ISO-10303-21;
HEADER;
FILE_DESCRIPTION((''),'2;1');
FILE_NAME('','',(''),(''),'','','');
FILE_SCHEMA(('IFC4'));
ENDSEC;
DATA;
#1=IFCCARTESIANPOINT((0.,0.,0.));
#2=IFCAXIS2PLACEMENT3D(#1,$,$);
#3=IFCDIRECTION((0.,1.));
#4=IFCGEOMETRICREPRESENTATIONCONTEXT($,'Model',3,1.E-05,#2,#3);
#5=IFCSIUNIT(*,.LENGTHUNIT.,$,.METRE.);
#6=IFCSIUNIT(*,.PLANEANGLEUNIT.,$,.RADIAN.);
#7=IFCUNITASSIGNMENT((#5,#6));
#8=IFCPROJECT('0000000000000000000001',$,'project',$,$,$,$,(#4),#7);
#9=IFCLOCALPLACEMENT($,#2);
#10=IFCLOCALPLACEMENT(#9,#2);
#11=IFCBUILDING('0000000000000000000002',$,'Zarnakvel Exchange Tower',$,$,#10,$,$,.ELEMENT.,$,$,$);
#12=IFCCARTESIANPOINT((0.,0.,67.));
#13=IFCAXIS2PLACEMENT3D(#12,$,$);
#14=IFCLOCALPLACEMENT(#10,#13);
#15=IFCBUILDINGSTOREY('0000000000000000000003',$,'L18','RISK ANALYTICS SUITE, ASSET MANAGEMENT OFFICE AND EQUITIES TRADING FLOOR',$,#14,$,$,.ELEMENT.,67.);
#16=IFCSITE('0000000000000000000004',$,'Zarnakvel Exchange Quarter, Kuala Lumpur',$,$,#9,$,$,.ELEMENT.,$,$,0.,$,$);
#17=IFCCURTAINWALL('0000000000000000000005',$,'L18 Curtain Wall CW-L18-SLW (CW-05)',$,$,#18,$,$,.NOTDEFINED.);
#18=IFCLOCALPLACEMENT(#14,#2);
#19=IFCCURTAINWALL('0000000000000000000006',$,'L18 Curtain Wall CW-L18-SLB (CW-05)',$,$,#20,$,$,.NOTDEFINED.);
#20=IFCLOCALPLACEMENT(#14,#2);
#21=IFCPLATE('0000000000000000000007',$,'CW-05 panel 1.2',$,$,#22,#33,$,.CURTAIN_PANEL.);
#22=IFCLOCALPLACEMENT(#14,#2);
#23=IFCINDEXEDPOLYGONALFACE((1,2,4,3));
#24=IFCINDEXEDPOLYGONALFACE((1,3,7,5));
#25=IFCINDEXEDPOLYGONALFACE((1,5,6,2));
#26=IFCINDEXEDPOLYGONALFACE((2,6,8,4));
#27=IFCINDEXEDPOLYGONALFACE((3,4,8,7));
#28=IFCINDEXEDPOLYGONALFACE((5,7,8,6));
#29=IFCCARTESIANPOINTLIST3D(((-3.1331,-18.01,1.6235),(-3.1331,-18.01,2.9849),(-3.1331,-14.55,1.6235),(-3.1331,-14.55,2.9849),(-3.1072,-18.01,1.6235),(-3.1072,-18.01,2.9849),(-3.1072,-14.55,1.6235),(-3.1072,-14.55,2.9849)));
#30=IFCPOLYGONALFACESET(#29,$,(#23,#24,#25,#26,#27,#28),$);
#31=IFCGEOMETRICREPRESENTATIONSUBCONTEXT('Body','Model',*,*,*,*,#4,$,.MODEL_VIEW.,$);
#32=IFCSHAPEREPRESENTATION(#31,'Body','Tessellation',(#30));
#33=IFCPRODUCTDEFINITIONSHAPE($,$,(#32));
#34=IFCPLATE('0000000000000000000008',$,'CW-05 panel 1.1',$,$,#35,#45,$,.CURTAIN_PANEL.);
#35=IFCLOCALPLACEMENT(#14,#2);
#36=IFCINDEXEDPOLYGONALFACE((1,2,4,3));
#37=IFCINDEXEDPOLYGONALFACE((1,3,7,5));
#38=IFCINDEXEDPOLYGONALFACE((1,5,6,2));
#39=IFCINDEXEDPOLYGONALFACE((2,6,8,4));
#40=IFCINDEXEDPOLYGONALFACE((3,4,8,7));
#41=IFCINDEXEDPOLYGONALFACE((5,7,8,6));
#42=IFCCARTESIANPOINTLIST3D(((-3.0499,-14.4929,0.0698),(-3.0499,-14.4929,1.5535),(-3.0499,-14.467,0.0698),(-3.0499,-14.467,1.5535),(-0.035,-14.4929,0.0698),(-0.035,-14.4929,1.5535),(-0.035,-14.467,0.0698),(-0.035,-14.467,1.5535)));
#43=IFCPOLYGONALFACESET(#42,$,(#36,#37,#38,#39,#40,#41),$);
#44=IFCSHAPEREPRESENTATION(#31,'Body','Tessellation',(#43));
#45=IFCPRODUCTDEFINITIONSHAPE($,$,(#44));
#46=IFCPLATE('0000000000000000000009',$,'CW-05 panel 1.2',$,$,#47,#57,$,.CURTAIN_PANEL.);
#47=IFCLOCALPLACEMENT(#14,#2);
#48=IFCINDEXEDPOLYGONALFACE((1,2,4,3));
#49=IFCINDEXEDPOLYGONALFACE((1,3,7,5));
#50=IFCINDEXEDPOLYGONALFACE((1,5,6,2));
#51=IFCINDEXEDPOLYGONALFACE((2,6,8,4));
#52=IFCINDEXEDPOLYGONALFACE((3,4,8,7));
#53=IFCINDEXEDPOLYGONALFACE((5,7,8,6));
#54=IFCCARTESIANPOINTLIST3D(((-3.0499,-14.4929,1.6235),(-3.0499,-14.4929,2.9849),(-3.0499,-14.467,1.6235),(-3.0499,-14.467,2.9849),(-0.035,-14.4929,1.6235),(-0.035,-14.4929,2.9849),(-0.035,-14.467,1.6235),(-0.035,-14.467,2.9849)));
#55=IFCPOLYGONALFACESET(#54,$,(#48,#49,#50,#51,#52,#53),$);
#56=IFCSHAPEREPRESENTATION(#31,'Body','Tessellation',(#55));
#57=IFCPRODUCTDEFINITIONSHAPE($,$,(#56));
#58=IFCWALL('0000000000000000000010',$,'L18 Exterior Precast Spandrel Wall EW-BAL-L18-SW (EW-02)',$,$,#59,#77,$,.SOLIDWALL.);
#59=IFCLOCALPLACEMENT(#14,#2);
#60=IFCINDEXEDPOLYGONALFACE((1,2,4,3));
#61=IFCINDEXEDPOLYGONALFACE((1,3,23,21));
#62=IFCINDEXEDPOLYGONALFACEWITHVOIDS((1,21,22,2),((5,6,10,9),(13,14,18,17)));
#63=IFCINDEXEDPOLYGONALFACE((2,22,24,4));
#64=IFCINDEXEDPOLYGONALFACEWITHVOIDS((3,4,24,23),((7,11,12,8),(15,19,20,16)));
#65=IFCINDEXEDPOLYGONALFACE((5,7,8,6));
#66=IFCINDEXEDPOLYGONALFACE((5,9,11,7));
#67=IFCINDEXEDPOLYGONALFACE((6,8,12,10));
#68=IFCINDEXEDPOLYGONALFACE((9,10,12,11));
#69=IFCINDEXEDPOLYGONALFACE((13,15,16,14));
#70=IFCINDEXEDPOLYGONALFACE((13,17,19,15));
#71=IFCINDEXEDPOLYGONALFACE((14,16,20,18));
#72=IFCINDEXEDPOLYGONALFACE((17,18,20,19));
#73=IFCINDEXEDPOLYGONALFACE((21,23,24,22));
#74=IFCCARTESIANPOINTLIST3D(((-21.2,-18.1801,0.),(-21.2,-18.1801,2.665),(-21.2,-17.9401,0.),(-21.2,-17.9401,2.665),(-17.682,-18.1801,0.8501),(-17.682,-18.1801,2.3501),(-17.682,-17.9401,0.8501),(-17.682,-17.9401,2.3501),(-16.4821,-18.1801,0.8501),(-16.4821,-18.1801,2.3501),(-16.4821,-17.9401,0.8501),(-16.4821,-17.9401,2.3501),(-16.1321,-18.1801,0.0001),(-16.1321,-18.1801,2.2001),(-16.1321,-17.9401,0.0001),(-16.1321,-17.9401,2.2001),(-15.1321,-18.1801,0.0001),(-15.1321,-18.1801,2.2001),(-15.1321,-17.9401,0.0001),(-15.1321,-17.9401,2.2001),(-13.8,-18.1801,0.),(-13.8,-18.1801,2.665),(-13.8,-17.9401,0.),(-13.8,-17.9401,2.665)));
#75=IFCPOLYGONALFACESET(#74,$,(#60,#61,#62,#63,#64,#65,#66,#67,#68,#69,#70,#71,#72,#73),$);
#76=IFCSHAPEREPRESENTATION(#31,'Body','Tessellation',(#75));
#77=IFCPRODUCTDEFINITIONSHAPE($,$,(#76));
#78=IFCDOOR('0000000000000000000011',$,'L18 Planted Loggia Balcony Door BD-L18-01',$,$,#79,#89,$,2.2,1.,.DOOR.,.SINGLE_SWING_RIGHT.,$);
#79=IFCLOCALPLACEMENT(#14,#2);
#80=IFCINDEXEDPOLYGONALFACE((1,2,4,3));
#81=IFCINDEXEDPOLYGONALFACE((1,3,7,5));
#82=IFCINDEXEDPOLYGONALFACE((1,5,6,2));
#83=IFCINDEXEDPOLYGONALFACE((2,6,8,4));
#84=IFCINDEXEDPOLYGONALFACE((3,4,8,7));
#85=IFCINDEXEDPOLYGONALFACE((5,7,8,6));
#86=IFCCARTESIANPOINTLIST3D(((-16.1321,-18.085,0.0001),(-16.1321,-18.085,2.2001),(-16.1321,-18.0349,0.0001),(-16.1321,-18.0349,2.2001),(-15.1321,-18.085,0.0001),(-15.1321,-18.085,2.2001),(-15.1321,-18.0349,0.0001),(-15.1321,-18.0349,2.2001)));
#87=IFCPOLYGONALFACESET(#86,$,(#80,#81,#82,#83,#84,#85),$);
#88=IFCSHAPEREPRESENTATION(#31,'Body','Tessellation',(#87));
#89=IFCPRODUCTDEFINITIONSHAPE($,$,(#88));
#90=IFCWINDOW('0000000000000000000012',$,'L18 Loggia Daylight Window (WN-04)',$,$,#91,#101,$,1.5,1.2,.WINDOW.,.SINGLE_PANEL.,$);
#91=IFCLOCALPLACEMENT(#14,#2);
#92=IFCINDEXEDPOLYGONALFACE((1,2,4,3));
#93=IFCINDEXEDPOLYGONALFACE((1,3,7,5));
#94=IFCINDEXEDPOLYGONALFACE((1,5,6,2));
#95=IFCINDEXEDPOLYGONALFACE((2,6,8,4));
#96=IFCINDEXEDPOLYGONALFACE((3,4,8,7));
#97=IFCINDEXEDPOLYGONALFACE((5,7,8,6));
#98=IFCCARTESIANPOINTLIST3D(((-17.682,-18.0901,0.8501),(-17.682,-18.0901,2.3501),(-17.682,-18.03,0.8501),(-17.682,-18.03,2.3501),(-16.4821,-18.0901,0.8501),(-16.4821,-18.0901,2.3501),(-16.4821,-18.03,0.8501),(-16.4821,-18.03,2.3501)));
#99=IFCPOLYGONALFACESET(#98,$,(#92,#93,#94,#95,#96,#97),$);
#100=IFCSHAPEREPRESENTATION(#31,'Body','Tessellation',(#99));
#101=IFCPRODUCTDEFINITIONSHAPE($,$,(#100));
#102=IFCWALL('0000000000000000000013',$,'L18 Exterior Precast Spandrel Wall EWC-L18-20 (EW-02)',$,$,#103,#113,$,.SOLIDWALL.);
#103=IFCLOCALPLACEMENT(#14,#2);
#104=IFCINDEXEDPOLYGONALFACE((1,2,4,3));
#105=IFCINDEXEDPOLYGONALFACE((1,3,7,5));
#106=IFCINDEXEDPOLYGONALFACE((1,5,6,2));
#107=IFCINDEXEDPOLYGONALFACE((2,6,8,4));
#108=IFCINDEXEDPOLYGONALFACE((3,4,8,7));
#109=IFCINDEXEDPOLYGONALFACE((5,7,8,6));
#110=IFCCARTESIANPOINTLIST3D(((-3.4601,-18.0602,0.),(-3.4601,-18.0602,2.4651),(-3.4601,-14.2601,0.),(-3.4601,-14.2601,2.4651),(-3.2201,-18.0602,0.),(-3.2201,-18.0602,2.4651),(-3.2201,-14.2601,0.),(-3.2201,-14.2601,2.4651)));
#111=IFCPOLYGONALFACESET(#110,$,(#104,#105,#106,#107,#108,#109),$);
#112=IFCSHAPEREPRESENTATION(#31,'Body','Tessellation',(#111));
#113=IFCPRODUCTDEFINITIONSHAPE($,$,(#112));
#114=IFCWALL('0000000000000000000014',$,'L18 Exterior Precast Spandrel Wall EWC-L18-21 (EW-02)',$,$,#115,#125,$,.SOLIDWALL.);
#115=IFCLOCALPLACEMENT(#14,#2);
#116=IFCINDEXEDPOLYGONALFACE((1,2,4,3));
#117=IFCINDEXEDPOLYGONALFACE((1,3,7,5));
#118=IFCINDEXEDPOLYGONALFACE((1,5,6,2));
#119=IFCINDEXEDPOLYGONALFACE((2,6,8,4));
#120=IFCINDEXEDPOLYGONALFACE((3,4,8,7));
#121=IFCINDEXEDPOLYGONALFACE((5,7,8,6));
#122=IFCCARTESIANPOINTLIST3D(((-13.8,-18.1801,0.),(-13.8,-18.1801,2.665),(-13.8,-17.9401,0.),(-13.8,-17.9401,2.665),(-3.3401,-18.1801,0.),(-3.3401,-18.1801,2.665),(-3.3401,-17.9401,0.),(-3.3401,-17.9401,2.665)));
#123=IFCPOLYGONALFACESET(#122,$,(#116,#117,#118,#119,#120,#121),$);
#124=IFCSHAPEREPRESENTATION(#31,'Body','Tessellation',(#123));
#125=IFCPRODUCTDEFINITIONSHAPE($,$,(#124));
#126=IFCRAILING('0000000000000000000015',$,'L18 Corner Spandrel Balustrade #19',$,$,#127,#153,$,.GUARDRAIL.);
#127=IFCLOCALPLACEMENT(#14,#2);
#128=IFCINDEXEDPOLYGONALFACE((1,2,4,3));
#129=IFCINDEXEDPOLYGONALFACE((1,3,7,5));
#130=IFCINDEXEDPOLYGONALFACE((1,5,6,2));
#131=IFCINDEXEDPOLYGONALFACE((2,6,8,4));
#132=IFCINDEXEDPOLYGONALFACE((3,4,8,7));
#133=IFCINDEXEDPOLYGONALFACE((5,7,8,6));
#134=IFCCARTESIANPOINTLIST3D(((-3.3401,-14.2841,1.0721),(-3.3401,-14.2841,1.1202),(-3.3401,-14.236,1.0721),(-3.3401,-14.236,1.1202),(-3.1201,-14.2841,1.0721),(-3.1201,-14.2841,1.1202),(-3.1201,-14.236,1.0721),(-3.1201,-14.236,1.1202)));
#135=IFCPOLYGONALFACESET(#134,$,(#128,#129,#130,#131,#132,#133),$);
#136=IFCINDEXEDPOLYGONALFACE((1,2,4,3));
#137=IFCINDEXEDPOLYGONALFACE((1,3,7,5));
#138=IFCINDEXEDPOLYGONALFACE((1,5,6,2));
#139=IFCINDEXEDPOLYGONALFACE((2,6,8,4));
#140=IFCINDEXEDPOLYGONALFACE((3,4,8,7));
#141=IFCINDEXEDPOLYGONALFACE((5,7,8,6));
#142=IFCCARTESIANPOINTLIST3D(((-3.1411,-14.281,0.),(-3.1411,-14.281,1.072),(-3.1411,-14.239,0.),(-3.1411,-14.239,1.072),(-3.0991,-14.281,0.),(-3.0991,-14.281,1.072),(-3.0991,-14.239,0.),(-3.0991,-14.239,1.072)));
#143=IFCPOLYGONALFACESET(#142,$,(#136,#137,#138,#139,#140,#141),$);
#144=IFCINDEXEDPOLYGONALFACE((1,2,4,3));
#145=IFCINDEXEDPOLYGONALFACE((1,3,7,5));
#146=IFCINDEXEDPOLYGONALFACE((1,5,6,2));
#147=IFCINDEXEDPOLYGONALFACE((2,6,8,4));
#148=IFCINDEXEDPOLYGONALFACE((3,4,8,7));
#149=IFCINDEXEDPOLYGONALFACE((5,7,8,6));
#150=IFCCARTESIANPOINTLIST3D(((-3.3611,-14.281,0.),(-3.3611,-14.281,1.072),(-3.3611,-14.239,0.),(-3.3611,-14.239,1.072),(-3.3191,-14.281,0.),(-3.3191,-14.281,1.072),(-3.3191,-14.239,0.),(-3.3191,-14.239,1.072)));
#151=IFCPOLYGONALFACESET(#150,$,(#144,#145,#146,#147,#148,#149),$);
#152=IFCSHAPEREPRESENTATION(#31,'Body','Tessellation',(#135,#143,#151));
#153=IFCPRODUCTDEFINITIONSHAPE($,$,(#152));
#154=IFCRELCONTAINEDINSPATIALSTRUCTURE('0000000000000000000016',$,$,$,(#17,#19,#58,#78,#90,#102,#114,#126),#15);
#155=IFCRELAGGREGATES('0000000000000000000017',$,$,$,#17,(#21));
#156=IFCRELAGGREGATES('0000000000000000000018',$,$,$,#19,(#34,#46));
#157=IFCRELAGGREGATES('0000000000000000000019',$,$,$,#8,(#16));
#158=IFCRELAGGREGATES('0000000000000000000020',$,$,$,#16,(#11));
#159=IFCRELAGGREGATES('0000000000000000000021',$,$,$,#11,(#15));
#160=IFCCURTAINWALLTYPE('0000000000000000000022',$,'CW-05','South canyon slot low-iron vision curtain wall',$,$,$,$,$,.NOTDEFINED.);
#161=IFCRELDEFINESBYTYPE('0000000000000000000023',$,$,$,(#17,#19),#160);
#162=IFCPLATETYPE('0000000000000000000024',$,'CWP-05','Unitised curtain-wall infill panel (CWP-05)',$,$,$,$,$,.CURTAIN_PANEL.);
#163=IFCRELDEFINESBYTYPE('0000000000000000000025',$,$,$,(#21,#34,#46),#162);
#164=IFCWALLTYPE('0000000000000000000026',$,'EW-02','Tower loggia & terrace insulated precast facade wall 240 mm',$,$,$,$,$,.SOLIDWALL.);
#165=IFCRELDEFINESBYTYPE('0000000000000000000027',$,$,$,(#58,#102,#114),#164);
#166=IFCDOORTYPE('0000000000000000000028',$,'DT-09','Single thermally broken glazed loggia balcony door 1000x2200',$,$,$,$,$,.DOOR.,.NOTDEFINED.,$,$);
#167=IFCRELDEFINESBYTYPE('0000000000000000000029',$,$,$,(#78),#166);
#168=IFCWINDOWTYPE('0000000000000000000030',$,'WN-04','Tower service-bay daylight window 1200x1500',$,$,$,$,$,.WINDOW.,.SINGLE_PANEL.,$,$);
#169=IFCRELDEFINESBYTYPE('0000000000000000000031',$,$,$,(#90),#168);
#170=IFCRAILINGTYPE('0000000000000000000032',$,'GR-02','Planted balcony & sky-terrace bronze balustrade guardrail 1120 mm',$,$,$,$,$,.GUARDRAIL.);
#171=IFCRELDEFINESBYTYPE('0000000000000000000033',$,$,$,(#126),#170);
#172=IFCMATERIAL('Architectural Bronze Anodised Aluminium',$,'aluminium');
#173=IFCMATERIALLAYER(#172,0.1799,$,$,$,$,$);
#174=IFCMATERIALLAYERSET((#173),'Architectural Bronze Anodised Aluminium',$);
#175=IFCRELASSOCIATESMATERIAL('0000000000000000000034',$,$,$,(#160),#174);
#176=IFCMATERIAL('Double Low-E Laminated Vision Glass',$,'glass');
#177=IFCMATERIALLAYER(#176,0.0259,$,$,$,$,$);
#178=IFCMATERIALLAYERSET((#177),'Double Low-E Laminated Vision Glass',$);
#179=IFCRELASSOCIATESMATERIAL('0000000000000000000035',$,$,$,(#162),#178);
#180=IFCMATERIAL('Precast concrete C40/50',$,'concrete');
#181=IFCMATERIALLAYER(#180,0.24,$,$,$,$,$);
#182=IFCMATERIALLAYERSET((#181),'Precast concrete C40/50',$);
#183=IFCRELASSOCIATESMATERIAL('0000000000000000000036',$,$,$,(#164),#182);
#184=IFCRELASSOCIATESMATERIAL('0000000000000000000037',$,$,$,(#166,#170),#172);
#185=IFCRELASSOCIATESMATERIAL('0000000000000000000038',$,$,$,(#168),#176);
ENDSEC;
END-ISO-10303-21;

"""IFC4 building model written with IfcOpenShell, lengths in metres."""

from ifc_helpers import new_model, si_unit, direction, frame, frame_2d, origin, origin_2d, place, context, subcontext, project, spatial, rectangle, extrude, source, transform, mapped, material, layer, layer_set, type_object, element, fill, aggregate, save


model = new_model("IFC4")

# Units and contexts
model_context = context("Model", 3, precision=1e-05, world=origin(), true_north=direction((0.0, 1.0)))
body_context = subcontext(model_context, "Body", "Model", "MODEL_VIEW")
ifc_project = project(units=[si_unit("LENGTHUNIT", "METRE"), si_unit("PLANEANGLEUNIT", "RADIAN")], contexts=[model_context])

# Site, building, storey
site_placement = place(None, origin())
site = spatial("IfcSite", under=ifc_project, at=site_placement, Name="Zarnakvel Exchange Quarter, Kuala Lumpur", CompositionType="ELEMENT", RefElevation=0.0)
building_placement = place(site_placement, origin())
building = spatial("IfcBuilding", under=site, at=building_placement, Name="Zarnakvel Exchange Tower", CompositionType="ELEMENT")
storey_placement = place(building_placement, frame((0.0, 0.0, 67.0)))
storey = spatial("IfcBuildingStorey", under=building, at=storey_placement, Name="L18", Description="RISK ANALYTICS SUITE, ASSET MANAGEMENT OFFICE AND EQUITIES TRADING FLOOR", CompositionType="ELEMENT", Elevation=67.0)

# Curtain walls
ifc_material_1 = material(Name="Architectural Bronze Anodised Aluminium", Category="aluminium")
ifc_layer_1 = layer(ifc_material_1, 0.1799)
ifc_layer_set_1 = layer_set([ifc_layer_1], Name="Architectural Bronze Anodised Aluminium")
curtain_wall_type = type_object("IfcCurtainWallType", Name="CW-05", Description="South canyon slot low-iron vision curtain wall", PredefinedType="NOTDEFINED", material=ifc_layer_set_1)
curtain_wall_1_placement = place(storey_placement, origin())
curtain_wall_1 = element("IfcCurtainWall", 1, at=curtain_wall_1_placement, inside=storey, type_object=curtain_wall_type, Name="L18 Curtain Wall CW-L18-SLW (CW-05)", PredefinedType="NOTDEFINED")
curtain_wall_2_placement = place(storey_placement, origin())
curtain_wall_2 = element("IfcCurtainWall", 2, at=curtain_wall_2_placement, inside=storey, type_object=curtain_wall_type, Name="L18 Curtain Wall CW-L18-SLB (CW-05)", PredefinedType="NOTDEFINED")

# Plates
ifc_material_2 = material(Name="Double Low-E Laminated Vision Glass", Category="glass")
ifc_layer_2 = layer(ifc_material_2, 0.0259)
ifc_layer_set_2 = layer_set([ifc_layer_2], Name="Double Low-E Laminated Vision Glass")
plate_type = type_object("IfcPlateType", Name="CWP-05", Description="Unitised curtain-wall infill panel (CWP-05)", PredefinedType="CURTAIN_PANEL", material=ifc_layer_set_2)
shared_shape_1 = source(origin(), body_context, "Body", "SweptSolid", [
    extrude(rectangle(XDim=3.46, YDim=0.0259, at=origin_2d()), origin(), (0.0, 0.0, 1.0), 1.3613),
])
plate_1_placement = place(storey_placement, frame((-3.1201, -16.28, 1.6235), z_axis=(0.0, 0.0, 1.0), x_axis=(0.0, 1.0, 0.0)))
plate_1 = element("IfcPlate", 3, at=plate_1_placement, type_object=plate_type, Name="CW-05 panel 1.2", PredefinedType="CURTAIN_PANEL", context=body_context, shape_type="MappedRepresentation", body=[
    mapped(shared_shape_1, transform((0.0, 0.0, 0.0), x_axis=(1.0, 0.0, 0.0), y_axis=(0.0, 1.0, 0.0), z_axis=(0.0, 0.0, 1.0), scale=1.0)),
])
aggregate(curtain_wall_1, [plate_1])
shared_shape_2 = source(origin(), body_context, "Body", "SweptSolid", [
    extrude(rectangle(XDim=3.0149, YDim=0.0259, at=origin_2d()), origin(), (0.0, 0.0, 1.0), 1.4836),
])
plate_2_placement = place(storey_placement, frame((-1.5425, -14.48, 0.0698), z_axis=(0.0, 0.0, 1.0), x_axis=(1.0, 0.0, 0.0)))
plate_2 = element("IfcPlate", 4, at=plate_2_placement, type_object=plate_type, Name="CW-05 panel 1.1", PredefinedType="CURTAIN_PANEL", context=body_context, shape_type="MappedRepresentation", body=[
    mapped(shared_shape_2, transform((0.0, 0.0, 0.0), x_axis=(1.0, 0.0, 0.0), y_axis=(0.0, 1.0, 0.0), z_axis=(0.0, 0.0, 1.0), scale=1.0)),
])
shared_shape_3 = source(origin(), body_context, "Body", "SweptSolid", [
    extrude(rectangle(XDim=3.0149, YDim=0.0259, at=origin_2d()), origin(), (0.0, 0.0, 1.0), 1.3613),
])
plate_3_placement = place(storey_placement, frame((-1.5425, -14.48, 1.6235), z_axis=(0.0, 0.0, 1.0), x_axis=(1.0, 0.0, 0.0)))
plate_3 = element("IfcPlate", 5, at=plate_3_placement, type_object=plate_type, Name="CW-05 panel 1.2", PredefinedType="CURTAIN_PANEL", context=body_context, shape_type="MappedRepresentation", body=[
    mapped(shared_shape_3, transform((0.0, 0.0, 0.0), x_axis=(1.0, 0.0, 0.0), y_axis=(0.0, 1.0, 0.0), z_axis=(0.0, 0.0, 1.0), scale=1.0)),
])
aggregate(curtain_wall_2, [plate_2, plate_3])

# Wall, openings, door, window
ifc_material_3 = material(Name="Precast concrete C40/50", Category="concrete")
ifc_layer_3 = layer(ifc_material_3, 0.24)
ifc_layer_set_3 = layer_set([ifc_layer_3], Name="Precast concrete C40/50")
wall_type = type_object("IfcWallType", Name="EW-02", Description="Tower loggia & terrace insulated precast facade wall 240 mm", PredefinedType="SOLIDWALL", material=ifc_layer_set_3)
wall_1_placement = place(storey_placement, frame((-13.8, -18.0601, 0.0), z_axis=(0.0, 0.0, 1.0), x_axis=(-1.0, 0.0, 0.0)))
wall_1 = element("IfcWall", 6, at=wall_1_placement, inside=storey, type_object=wall_type, Name="L18 Exterior Precast Spandrel Wall EW-BAL-L18-SW (EW-02)", PredefinedType="SOLIDWALL", context=body_context, shape_type="SweptSolid", body=[
    extrude(rectangle(XDim=7.3999, YDim=0.24, at=frame_2d((3.7, 0.0))), origin(), (0.0, 0.0, 1.0), 2.665),
])
opening_1_placement = place(wall_1_placement, frame((1.332, 0.0, 0.0)))
opening_1 = element("IfcOpeningElement", 7, at=opening_1_placement, cuts=wall_1, PredefinedType="OPENING", context=body_context, shape_type="SweptSolid", body=[
    extrude(rectangle(XDim=1.0, YDim=2.2, at=frame_2d((0.5, 1.1001))), frame((0.0, 0.1299, 0.0), z_axis=(0.0, -1.0, 0.0), x_axis=(1.0, 0.0, 0.0)), (0.0, 0.0, 1.0), 0.26),
])
opening_2_placement = place(wall_1_placement, frame((2.6819, 0.0, 0.8501)))
opening_2 = element("IfcOpeningElement", 8, at=opening_2_placement, cuts=wall_1, PredefinedType="OPENING", context=body_context, shape_type="SweptSolid", body=[
    extrude(rectangle(XDim=1.2, YDim=1.5, at=frame_2d((0.6001, 0.75))), frame((0.0, 0.1299, 0.0), z_axis=(0.0, -1.0, 0.0), x_axis=(1.0, 0.0, 0.0)), (0.0, 0.0, 1.0), 0.26),
])
door_type = type_object("IfcDoorType", Name="DT-09", Description="Single thermally broken glazed loggia balcony door 1000x2200", OperationType="NOTDEFINED", PredefinedType="DOOR", material=ifc_material_1)
shared_shape_4 = source(origin(), body_context, "Body", "SweptSolid", [
    extrude(rectangle(XDim=1.0, YDim=2.2, at=frame_2d((0.5, 1.1001))), frame((0.0, 0.0249, 0.0), z_axis=(0.0, -1.0, 0.0), x_axis=(1.0, 0.0, 0.0)), (0.0, 0.0, 1.0), 0.05),
])
door_placement = place(opening_1_placement, origin())
door = element("IfcDoor", 9, at=door_placement, inside=storey, type_object=door_type, Name="L18 Planted Loggia Balcony Door BD-L18-01", OperationType="SINGLE_SWING_RIGHT", OverallHeight=2.2, OverallWidth=1.0, PredefinedType="DOOR", context=body_context, shape_type="MappedRepresentation", body=[
    mapped(shared_shape_4, transform((0.0, 0.0, 0.0), x_axis=(1.0, 0.0, 0.0), y_axis=(0.0, 1.0, 0.0), z_axis=(0.0, 0.0, 1.0), scale=1.0)),
])
fill(opening_1, door)
window_type = type_object("IfcWindowType", Name="WN-04", Description="Tower service-bay daylight window 1200x1500", PartitioningType="SINGLE_PANEL", PredefinedType="WINDOW", material=ifc_material_2)
shared_shape_5 = source(origin(), body_context, "Body", "SweptSolid", [
    extrude(rectangle(XDim=1.2, YDim=1.5, at=frame_2d((0.6001, 0.75))), frame((0.0, 0.03, 0.0), z_axis=(0.0, -1.0, 0.0), x_axis=(1.0, 0.0, 0.0)), (0.0, 0.0, 1.0), 0.0601),
])
window_placement = place(opening_2_placement, origin())
window = element("IfcWindow", 10, at=window_placement, inside=storey, type_object=window_type, Name="L18 Loggia Daylight Window (WN-04)", OverallHeight=1.5, OverallWidth=1.2, PartitioningType="SINGLE_PANEL", PredefinedType="WINDOW", context=body_context, shape_type="MappedRepresentation", body=[
    mapped(shared_shape_5, transform((0.0, 0.0, 0.0), x_axis=(1.0, 0.0, 0.0), y_axis=(0.0, 1.0, 0.0), z_axis=(0.0, 0.0, 1.0), scale=1.0)),
])
fill(opening_2, window)

# Walls
wall_2_placement = place(storey_placement, frame((-3.3401, -18.0601, 0.0), z_axis=(0.0, 0.0, 1.0), x_axis=(0.0, 1.0, 0.0)))
element("IfcWall", 11, at=wall_2_placement, inside=storey, type_object=wall_type, Name="L18 Exterior Precast Spandrel Wall EWC-L18-20 (EW-02)", PredefinedType="SOLIDWALL", context=body_context, shape_type="SweptSolid", body=[
    extrude(rectangle(XDim=3.8, YDim=0.24, at=frame_2d((1.8999, 0.0))), origin(), (0.0, 0.0, 1.0), 2.4651),
])
wall_3_placement = place(storey_placement, frame((-13.8, -18.0601, 0.0), z_axis=(0.0, 0.0, 1.0), x_axis=(1.0, 0.0, 0.0)))
element("IfcWall", 12, at=wall_3_placement, inside=storey, type_object=wall_type, Name="L18 Exterior Precast Spandrel Wall EWC-L18-21 (EW-02)", PredefinedType="SOLIDWALL", context=body_context, shape_type="SweptSolid", body=[
    extrude(rectangle(XDim=10.46, YDim=0.24, at=frame_2d((5.23, 0.0))), origin(), (0.0, 0.0, 1.0), 2.665),
])

# Railing
railing_type_1 = type_object("IfcRailingType", Name="GR-02", Description="Planted balcony & sky-terrace bronze balustrade guardrail 1120 mm", PredefinedType="GUARDRAIL", material=ifc_material_1)
railing_1_placement = place(storey_placement, frame((-3.1201, -14.26, 0.0)))
element("IfcRailing", 13, at=railing_1_placement, inside=storey, type_object=railing_type_1, Name="L18 Corner Spandrel Balustrade #19", PredefinedType="GUARDRAIL", context=body_context, shape_type="SweptSolid", body=[
    extrude(rectangle(XDim=0.0481, YDim=0.0481, at=origin_2d()), frame((0.0, 0.0, 1.0962), z_axis=(-1.0, 0.0, 0.0), x_axis=(0.0, -1.0, 0.0)), (0.0, 0.0, 1.0), 0.22),
    extrude(rectangle(XDim=0.042, YDim=0.042, at=origin_2d()), origin(), (0.0, 0.0, 1.0), 1.072),
    extrude(rectangle(XDim=0.042, YDim=0.042, at=origin_2d()), frame((-0.22, 0.0, 0.0)), (0.0, 0.0, 1.0), 1.072),
])

save(model, "model.ifc")
